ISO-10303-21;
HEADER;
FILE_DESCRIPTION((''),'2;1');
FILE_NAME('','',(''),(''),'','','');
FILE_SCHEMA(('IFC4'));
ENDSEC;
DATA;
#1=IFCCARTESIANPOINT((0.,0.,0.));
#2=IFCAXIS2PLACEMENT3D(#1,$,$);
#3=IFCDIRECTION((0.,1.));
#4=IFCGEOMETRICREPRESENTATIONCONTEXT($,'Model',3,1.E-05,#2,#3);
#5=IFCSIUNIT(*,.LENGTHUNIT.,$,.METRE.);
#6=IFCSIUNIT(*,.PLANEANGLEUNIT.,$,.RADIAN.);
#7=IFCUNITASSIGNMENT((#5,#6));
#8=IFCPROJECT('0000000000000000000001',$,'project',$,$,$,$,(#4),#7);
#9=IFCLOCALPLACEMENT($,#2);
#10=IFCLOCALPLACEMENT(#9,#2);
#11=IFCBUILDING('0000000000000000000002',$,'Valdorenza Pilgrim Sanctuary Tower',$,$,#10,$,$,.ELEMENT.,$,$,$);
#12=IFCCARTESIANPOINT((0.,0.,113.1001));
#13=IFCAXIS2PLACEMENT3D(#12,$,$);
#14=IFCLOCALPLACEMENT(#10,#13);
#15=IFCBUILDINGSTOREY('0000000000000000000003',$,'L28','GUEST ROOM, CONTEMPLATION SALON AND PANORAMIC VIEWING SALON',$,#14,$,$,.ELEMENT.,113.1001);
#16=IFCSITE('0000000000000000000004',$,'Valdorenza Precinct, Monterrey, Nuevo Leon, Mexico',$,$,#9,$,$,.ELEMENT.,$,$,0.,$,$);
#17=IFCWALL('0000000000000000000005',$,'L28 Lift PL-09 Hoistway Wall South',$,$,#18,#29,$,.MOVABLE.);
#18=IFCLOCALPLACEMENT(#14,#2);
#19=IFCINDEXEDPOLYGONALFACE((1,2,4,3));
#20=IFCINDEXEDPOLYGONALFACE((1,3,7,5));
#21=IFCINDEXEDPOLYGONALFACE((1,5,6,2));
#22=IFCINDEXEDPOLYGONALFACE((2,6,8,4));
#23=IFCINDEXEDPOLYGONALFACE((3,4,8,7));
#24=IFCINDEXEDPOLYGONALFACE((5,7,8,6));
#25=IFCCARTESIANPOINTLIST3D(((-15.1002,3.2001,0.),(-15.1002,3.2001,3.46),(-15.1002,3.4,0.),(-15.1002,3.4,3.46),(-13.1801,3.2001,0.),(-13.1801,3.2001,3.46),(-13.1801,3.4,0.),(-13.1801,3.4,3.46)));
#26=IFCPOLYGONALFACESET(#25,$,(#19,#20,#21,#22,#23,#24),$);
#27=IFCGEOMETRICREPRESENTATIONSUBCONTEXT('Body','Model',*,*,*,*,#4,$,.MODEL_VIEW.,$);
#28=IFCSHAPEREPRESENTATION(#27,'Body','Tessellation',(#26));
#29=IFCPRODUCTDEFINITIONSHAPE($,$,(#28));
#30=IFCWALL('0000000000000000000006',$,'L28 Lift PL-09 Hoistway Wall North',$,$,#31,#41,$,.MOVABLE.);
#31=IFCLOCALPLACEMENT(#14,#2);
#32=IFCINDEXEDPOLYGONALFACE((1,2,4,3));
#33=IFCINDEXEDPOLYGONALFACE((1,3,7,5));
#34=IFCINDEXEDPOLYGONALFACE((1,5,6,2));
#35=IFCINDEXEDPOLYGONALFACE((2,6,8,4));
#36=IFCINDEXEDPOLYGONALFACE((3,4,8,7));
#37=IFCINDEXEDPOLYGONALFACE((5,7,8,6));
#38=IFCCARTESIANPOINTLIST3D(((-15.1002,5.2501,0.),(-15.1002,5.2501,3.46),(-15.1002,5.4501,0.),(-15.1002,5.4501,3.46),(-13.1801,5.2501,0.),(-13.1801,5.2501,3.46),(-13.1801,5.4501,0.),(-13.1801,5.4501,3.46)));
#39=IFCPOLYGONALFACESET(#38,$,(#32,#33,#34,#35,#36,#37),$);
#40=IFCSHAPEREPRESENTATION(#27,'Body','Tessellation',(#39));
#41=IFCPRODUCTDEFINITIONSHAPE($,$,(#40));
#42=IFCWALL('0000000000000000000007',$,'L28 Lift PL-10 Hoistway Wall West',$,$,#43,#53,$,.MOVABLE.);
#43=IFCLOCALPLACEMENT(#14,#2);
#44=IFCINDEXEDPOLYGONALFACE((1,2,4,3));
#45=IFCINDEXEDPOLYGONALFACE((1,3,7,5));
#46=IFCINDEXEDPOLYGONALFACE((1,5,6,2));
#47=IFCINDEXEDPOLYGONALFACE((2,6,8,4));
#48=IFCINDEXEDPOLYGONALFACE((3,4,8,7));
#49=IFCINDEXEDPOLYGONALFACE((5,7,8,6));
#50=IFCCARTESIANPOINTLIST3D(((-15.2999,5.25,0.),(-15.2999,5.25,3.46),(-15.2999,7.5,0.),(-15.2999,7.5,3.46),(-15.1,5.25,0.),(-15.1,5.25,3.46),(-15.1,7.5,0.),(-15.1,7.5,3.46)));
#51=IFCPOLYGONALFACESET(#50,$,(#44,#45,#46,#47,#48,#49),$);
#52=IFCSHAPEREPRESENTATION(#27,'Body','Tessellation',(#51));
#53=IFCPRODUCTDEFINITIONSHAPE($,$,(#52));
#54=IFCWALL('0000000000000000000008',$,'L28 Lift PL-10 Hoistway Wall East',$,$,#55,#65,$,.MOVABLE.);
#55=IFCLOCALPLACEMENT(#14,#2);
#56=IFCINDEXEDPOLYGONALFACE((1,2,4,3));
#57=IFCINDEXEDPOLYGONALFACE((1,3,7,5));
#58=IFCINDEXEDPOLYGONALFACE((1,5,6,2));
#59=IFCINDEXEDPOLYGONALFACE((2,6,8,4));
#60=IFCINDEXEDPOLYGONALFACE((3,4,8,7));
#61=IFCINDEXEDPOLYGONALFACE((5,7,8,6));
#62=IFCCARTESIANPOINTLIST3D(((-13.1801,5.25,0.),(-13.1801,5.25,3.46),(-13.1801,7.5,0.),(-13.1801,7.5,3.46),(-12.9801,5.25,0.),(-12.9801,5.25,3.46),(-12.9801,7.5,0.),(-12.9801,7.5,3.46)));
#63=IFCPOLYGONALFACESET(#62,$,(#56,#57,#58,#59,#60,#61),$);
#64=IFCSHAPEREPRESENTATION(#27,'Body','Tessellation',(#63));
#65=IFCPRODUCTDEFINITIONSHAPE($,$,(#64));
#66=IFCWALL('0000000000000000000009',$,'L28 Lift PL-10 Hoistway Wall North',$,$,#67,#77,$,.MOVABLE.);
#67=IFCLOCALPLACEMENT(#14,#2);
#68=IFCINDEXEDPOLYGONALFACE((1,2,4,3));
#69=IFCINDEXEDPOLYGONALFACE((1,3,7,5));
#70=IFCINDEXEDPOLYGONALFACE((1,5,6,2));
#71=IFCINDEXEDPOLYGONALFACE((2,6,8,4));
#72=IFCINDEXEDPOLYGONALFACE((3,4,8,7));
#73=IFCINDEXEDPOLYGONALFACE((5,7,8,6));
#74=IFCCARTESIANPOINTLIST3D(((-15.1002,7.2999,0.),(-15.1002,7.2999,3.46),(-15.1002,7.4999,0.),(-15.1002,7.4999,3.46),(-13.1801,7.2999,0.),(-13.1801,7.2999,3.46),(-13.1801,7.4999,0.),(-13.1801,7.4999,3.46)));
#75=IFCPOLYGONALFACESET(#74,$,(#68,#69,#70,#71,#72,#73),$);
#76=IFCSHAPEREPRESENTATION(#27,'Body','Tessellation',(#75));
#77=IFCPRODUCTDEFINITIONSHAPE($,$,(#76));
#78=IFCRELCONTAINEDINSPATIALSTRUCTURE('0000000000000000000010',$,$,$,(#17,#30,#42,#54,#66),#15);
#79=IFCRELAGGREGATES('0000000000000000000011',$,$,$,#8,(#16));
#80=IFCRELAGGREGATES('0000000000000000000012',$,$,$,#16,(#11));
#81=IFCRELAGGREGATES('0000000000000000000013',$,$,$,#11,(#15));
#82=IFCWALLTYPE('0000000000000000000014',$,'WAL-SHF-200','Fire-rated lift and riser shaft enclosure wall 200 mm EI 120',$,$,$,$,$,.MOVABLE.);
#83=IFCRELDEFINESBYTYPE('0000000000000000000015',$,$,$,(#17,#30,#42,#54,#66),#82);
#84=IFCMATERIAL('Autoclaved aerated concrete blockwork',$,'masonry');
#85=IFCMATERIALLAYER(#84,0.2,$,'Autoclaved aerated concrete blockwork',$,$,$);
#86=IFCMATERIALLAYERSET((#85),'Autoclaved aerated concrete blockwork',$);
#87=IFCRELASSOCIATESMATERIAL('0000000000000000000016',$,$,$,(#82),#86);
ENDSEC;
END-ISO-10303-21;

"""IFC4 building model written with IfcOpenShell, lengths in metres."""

from ifc_helpers import new_model, si_unit, direction, frame, frame_2d, origin, place, context, subcontext, project, spatial, rectangle, extrude, material, layer, layer_set, type_object, element, save


model = new_model("IFC4")

# Units and contexts
model_context = context("Model", 3, precision=1e-05, world=origin(), true_north=direction((0.0, 1.0)))
body_context = subcontext(model_context, "Body", "Model", "MODEL_VIEW")
ifc_project = project(units=[si_unit("LENGTHUNIT", "METRE"), si_unit("PLANEANGLEUNIT", "RADIAN")], contexts=[model_context])

# Site, building, storey
site_placement = place(None, origin())
site = spatial("IfcSite", under=ifc_project, at=site_placement, Name="Valdorenza Precinct, Monterrey, Nuevo Leon, Mexico", CompositionType="ELEMENT", RefElevation=0.0)
building_placement = place(site_placement, origin())
building = spatial("IfcBuilding", under=site, at=building_placement, Name="Valdorenza Pilgrim Sanctuary Tower", CompositionType="ELEMENT")
storey_placement = place(building_placement, frame((0.0, 0.0, 113.1001)))
storey = spatial("IfcBuildingStorey", under=building, at=storey_placement, Name="L28", Description="GUEST ROOM, CONTEMPLATION SALON AND PANORAMIC VIEWING SALON", CompositionType="ELEMENT", Elevation=113.1001)

# Shared definitions
ifc_material_1 = material(Name="Autoclaved aerated concrete blockwork", Category="masonry")
ifc_layer_1 = layer(ifc_material_1, 0.2, Name="Autoclaved aerated concrete blockwork")
ifc_layer_set_1 = layer_set([ifc_layer_1], Name="Autoclaved aerated concrete blockwork")
wall_type_1 = type_object("IfcWallType", Name="WAL-SHF-200", Description="Fire-rated lift and riser shaft enclosure wall 200 mm EI 120", PredefinedType="MOVABLE", material=ifc_layer_set_1)

# Walls
for number, where, z_axis, x_axis, name in (
    (1, (-15.1001, 3.3, 0.0), (0.0, 0.0, 1.0), (1.0, 0.0, 0.0), "L28 Lift PL-09 Hoistway Wall South"),
    (2, (-15.1001, 5.3501, 0.0), (0.0, 0.0, 1.0), (1.0, 0.0, 0.0), "L28 Lift PL-09 Hoistway Wall North"),
):
    element("IfcWall", number, at=place(storey_placement, frame(where, z_axis=z_axis, x_axis=x_axis)), inside=storey, type_object=wall_type_1, Name=name, PredefinedType="MOVABLE", context=body_context, shape_type="SweptSolid", body=[
        extrude(rectangle(XDim=1.9202, YDim=0.2, at=frame_2d((0.96, 0.0))), origin(), (0.0, 0.0, 1.0), 3.46),
    ])
for number, where, z_axis, x_axis, name in (
    (3, (-15.2, 5.25, 0.0), (0.0, 0.0, 1.0), (0.0, 1.0, 0.0), "L28 Lift PL-10 Hoistway Wall West"),
    (4, (-13.0801, 5.25, 0.0), (0.0, 0.0, 1.0), (0.0, 1.0, 0.0), "L28 Lift PL-10 Hoistway Wall East"),
):
    element("IfcWall", number, at=place(storey_placement, frame(where, z_axis=z_axis, x_axis=x_axis)), inside=storey, type_object=wall_type_1, Name=name, PredefinedType="MOVABLE", context=body_context, shape_type="SweptSolid", body=[
        extrude(rectangle(XDim=2.25, YDim=0.2, at=frame_2d((1.125, 0.0))), origin(), (0.0, 0.0, 1.0), 3.46),
    ])
wall_1_placement = place(storey_placement, frame((-15.1001, 7.3999, 0.0), z_axis=(0.0, 0.0, 1.0), x_axis=(1.0, 0.0, 0.0)))
element("IfcWall", 5, at=wall_1_placement, inside=storey, type_object=wall_type_1, Name="L28 Lift PL-10 Hoistway Wall North", PredefinedType="MOVABLE", context=body_context, shape_type="SweptSolid", body=[
    extrude(rectangle(XDim=1.9202, YDim=0.2, at=frame_2d((0.96, 0.0))), origin(), (0.0, 0.0, 1.0), 3.46),
])

save(model, "model.ifc")
